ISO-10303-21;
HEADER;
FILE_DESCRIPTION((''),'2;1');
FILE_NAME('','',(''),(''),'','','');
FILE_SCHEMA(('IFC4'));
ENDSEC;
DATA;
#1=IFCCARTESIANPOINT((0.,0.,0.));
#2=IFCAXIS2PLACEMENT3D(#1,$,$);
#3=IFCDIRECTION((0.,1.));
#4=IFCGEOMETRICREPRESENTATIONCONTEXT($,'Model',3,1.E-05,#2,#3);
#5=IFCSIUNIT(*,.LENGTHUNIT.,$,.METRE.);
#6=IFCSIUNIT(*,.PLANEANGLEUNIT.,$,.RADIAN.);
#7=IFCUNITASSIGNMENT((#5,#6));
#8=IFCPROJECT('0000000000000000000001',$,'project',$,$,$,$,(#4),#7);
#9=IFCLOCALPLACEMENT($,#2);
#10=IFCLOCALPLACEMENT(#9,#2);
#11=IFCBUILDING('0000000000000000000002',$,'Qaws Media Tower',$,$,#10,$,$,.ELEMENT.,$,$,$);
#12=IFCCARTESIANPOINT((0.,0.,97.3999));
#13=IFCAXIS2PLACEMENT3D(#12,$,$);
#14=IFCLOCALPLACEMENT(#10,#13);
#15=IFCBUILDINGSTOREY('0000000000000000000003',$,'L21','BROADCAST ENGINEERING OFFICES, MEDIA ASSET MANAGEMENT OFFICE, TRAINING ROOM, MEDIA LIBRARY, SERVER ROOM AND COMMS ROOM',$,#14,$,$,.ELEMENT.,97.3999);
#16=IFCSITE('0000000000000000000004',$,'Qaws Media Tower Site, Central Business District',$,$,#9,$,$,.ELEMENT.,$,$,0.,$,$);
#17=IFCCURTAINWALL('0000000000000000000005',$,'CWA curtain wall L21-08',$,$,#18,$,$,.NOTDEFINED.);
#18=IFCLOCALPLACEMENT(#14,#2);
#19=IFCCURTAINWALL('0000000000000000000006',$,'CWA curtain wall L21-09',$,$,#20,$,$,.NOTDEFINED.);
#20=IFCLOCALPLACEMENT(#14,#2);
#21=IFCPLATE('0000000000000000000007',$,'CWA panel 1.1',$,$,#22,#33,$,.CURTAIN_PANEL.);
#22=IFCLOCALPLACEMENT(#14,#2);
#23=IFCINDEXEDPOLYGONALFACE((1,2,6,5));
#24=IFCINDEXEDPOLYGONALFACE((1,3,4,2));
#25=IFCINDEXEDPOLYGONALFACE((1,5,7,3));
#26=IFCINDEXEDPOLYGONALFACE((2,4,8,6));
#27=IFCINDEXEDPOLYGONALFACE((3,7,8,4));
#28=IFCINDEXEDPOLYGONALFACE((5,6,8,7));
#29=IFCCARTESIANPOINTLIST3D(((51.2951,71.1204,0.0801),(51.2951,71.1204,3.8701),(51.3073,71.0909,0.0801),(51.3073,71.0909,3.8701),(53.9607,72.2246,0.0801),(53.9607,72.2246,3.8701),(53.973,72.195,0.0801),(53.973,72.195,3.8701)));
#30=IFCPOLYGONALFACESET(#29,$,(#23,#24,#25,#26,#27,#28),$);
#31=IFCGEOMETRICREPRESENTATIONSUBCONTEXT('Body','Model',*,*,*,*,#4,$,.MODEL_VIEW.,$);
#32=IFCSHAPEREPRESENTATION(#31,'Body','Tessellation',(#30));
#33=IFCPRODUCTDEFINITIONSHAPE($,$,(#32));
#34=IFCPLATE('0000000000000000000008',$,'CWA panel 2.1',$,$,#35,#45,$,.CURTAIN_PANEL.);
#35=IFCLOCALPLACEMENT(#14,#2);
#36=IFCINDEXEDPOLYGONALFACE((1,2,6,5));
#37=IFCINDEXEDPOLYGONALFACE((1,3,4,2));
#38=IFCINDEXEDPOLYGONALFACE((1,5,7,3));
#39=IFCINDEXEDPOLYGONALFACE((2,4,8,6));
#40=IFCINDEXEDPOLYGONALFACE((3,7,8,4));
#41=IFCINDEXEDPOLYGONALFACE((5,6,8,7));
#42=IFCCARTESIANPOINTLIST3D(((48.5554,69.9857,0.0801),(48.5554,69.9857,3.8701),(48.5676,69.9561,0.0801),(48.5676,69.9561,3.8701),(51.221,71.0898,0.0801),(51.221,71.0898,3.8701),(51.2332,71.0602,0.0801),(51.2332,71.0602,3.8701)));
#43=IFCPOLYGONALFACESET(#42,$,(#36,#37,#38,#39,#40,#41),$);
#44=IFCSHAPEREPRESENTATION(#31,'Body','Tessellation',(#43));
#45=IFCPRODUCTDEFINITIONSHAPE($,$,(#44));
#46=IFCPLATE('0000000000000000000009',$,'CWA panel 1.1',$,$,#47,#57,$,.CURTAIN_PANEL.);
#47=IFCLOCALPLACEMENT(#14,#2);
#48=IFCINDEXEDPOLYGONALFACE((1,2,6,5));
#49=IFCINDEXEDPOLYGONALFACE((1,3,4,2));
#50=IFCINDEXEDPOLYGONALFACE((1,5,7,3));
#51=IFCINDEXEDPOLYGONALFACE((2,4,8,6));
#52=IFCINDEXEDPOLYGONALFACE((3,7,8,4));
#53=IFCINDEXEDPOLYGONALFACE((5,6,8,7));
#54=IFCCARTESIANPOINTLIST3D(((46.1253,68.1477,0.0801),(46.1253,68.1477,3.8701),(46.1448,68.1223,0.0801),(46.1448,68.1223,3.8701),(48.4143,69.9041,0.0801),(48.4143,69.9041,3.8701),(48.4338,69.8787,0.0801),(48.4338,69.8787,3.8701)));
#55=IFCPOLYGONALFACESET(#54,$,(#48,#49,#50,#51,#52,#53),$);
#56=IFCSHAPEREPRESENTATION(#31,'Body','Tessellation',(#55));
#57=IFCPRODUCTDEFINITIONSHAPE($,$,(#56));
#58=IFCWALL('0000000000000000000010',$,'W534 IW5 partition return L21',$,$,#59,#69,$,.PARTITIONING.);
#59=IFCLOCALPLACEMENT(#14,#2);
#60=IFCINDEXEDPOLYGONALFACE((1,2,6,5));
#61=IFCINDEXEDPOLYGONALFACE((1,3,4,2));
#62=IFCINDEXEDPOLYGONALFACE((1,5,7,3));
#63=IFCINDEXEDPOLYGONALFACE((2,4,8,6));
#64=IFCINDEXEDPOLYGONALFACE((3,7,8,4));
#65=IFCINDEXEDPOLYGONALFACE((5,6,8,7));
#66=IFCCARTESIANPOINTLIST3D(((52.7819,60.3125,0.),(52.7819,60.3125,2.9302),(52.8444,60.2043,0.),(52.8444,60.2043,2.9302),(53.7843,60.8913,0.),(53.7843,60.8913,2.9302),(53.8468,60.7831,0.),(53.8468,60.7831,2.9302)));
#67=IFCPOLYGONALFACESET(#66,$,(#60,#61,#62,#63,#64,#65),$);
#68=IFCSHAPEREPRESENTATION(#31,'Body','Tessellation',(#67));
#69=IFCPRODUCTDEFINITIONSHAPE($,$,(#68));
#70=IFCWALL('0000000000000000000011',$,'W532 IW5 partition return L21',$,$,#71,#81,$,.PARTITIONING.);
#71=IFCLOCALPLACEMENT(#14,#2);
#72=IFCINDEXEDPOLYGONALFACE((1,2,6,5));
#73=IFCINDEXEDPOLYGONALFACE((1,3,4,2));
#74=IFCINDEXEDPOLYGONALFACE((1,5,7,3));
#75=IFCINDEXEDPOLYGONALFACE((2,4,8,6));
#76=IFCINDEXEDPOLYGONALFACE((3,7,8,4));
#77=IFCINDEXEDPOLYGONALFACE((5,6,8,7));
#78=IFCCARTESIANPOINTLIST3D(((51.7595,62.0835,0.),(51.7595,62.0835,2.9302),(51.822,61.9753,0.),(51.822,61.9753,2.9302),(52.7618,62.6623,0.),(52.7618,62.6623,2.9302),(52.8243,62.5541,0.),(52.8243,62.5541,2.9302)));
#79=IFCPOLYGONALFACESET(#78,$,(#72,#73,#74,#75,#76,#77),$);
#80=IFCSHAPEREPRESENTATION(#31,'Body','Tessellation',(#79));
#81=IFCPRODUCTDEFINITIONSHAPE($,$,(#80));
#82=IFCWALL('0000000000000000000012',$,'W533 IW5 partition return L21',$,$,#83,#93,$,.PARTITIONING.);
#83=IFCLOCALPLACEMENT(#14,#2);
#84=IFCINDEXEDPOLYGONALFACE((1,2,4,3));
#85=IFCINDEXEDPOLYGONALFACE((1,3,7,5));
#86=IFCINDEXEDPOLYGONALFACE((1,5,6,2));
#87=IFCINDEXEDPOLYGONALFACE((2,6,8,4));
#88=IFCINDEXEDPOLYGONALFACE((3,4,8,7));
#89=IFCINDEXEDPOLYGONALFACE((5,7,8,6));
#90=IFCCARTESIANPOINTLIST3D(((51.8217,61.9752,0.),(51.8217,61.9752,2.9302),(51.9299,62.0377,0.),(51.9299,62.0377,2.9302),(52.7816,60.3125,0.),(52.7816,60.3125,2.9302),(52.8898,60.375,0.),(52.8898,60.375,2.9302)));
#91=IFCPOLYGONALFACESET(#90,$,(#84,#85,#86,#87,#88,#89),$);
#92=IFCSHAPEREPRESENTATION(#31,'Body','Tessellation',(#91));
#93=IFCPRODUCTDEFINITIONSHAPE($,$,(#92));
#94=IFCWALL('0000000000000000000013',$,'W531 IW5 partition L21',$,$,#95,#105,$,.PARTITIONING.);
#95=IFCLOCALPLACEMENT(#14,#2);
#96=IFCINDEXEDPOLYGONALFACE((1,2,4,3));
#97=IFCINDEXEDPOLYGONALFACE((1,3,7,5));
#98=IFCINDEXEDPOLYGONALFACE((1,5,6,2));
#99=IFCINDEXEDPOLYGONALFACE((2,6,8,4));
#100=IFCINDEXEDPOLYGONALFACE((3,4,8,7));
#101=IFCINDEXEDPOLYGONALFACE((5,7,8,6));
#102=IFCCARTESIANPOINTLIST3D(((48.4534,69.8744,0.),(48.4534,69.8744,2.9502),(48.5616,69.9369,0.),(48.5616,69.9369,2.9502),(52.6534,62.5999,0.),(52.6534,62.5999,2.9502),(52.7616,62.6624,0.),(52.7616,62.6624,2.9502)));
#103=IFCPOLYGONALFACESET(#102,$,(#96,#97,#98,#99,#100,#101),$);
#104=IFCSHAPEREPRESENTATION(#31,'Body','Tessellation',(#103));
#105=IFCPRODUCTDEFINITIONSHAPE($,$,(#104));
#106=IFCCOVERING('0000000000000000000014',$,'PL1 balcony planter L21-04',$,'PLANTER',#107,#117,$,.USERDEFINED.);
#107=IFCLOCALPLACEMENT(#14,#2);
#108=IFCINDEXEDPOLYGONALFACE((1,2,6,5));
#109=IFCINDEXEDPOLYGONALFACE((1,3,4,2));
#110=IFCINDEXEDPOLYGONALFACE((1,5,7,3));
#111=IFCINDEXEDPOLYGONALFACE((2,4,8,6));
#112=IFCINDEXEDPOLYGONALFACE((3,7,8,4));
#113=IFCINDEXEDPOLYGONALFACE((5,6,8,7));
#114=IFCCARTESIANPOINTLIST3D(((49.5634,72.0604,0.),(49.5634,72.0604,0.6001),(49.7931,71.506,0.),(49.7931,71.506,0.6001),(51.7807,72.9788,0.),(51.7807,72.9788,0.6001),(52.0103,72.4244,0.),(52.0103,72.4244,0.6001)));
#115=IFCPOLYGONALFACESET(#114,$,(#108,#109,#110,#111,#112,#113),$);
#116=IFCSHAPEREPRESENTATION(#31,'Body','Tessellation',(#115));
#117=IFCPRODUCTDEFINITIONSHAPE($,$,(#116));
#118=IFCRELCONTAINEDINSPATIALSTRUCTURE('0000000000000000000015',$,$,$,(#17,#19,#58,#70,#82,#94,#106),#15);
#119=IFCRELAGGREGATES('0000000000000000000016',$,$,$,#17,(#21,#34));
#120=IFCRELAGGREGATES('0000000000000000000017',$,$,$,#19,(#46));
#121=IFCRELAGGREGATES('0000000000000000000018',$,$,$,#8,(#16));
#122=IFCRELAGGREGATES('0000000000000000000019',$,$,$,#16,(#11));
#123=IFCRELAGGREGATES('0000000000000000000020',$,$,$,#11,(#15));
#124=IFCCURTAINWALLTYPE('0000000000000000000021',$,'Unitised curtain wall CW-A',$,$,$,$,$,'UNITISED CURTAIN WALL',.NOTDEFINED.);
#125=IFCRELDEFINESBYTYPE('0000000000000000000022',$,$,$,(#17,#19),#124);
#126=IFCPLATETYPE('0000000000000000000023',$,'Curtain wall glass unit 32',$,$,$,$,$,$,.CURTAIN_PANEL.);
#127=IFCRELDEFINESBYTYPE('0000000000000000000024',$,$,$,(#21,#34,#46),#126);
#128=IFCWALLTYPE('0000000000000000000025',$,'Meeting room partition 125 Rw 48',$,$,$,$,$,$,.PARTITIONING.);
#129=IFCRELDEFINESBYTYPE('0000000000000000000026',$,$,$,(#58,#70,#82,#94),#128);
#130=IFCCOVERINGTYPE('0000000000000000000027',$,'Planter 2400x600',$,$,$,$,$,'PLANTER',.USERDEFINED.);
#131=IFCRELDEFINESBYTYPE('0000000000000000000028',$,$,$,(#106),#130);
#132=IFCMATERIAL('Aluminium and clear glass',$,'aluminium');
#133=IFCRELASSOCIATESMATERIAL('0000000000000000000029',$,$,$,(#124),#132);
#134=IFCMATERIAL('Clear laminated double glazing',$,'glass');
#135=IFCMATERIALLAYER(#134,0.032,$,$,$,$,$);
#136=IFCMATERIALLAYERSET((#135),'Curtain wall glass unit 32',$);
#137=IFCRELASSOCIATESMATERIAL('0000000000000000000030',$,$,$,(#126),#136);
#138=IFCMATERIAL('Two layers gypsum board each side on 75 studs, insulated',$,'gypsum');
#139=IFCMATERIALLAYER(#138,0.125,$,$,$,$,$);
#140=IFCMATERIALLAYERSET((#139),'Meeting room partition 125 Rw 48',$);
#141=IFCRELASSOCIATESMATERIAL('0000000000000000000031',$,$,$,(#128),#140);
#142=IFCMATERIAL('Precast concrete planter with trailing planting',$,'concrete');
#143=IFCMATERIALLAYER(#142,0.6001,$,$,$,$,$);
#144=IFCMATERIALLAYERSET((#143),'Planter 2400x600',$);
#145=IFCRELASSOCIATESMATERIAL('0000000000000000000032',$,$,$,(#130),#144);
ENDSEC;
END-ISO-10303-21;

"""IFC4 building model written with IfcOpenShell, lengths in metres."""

from ifc_helpers import new_model, si_unit, direction, frame, frame_2d, origin, origin_2d, place, context, subcontext, project, spatial, rectangle, extrude, material, layer, layer_set, type_object, element, aggregate, save


model = new_model("IFC4")

# Units and contexts
model_context = context("Model", 3, precision=1e-05, world=origin(), true_north=direction((0.0, 1.0)))
body_context = subcontext(model_context, "Body", "Model", "MODEL_VIEW")
ifc_project = project(units=[si_unit("LENGTHUNIT", "METRE"), si_unit("PLANEANGLEUNIT", "RADIAN")], contexts=[model_context])

# Site, building, storey
site_placement = place(None, origin())
site = spatial("IfcSite", under=ifc_project, at=site_placement, Name="Qaws Media Tower Site, Central Business District", CompositionType="ELEMENT", RefElevation=0.0)
building_placement = place(site_placement, origin())
building = spatial("IfcBuilding", under=site, at=building_placement, Name="Qaws Media Tower", CompositionType="ELEMENT")
storey_placement = place(building_placement, frame((0.0, 0.0, 97.3999)))
storey = spatial("IfcBuildingStorey", under=building, at=storey_placement, Name="L21", Description="BROADCAST ENGINEERING OFFICES, MEDIA ASSET MANAGEMENT OFFICE, TRAINING ROOM, MEDIA LIBRARY, SERVER ROOM AND COMMS ROOM", CompositionType="ELEMENT", Elevation=97.3999)

# Curtain walls
ifc_material_1 = material(Name="Aluminium and clear glass", Category="aluminium")
curtain_wall_type = type_object("IfcCurtainWallType", Name="Unitised curtain wall CW-A", ElementType="UNITISED CURTAIN WALL", PredefinedType="NOTDEFINED", material=ifc_material_1)
curtain_wall_1_placement = place(storey_placement, origin())
curtain_wall_1 = element("IfcCurtainWall", 1, at=curtain_wall_1_placement, inside=storey, type_object=curtain_wall_type, Name="CWA curtain wall L21-08", PredefinedType="NOTDEFINED")
curtain_wall_2_placement = place(storey_placement, origin())
curtain_wall_2 = element("IfcCurtainWall", 2, at=curtain_wall_2_placement, inside=storey, type_object=curtain_wall_type, Name="CWA curtain wall L21-09", PredefinedType="NOTDEFINED")

# Plates
ifc_material_2 = material(Name="Clear laminated double glazing", Category="glass")
ifc_layer_1 = layer(ifc_material_2, 0.032)
ifc_layer_set_1 = layer_set([ifc_layer_1], Name="Curtain wall glass unit 32")
plate_type = type_object("IfcPlateType", Name="Curtain wall glass unit 32", PredefinedType="CURTAIN_PANEL", material=ifc_layer_set_1)
plate_1_placement = place(storey_placement, frame((52.634, 71.6577, 0.0801), z_axis=(0.0, 0.0, 1.0), x_axis=(-0.92388, -0.382683, 0.0)))
plate_1 = element("IfcPlate", 3, at=plate_1_placement, type_object=plate_type, Name="CWA panel 1.1", PredefinedType="CURTAIN_PANEL", context=body_context, shape_type="SweptSolid", body=[
    extrude(rectangle(XDim=2.8853, YDim=0.032, at=origin_2d()), origin(), (0.0, 0.0, 1.0), 3.79),
])
plate_2_placement = place(storey_placement, frame((49.8943, 70.5229, 0.0801), z_axis=(0.0, 0.0, 1.0), x_axis=(-0.92388, -0.382683, 0.0)))
plate_2 = element("IfcPlate", 4, at=plate_2_placement, type_object=plate_type, Name="CWA panel 2.1", PredefinedType="CURTAIN_PANEL", context=body_context, shape_type="SweptSolid", body=[
    extrude(rectangle(XDim=2.8853, YDim=0.032, at=origin_2d()), origin(), (0.0, 0.0, 1.0), 3.79),
])
aggregate(curtain_wall_1, [plate_1, plate_2])
plate_3_placement = place(storey_placement, frame((47.2795, 69.0132, 0.0801), z_axis=(0.0, 0.0, 1.0), x_axis=(-0.793353, -0.608761, 0.0)))
plate_3 = element("IfcPlate", 5, at=plate_3_placement, type_object=plate_type, Name="CWA panel 1.1", PredefinedType="CURTAIN_PANEL", context=body_context, shape_type="SweptSolid", body=[
    extrude(rectangle(XDim=2.8853, YDim=0.032, at=origin_2d()), origin(), (0.0, 0.0, 1.0), 3.79),
])
aggregate(curtain_wall_2, [plate_3])

# Walls
ifc_material_3 = material(Name="Two layers gypsum board each side on 75 studs, insulated", Category="gypsum")
ifc_layer_2 = layer(ifc_material_3, 0.125)
ifc_layer_set_2 = layer_set([ifc_layer_2], Name="Meeting room partition 125 Rw 48")
wall_type_1 = type_object("IfcWallType", Name="Meeting room partition 125 Rw 48", PredefinedType="PARTITIONING", material=ifc_layer_set_2)
for number, where, z_axis, x_axis, name in (
    (6, (53.8154, 60.8372, 0.0), (0.0, 0.0, 1.0), (-0.865989, -0.500063, 0.0), "W534 IW5 partition return L21"),
    (7, (52.793, 62.6082, 0.0), (0.0, 0.0, 1.0), (-0.865989, -0.500063, 0.0), "W532 IW5 partition return L21"),
):
    element("IfcWall", number, at=place(storey_placement, frame(where, z_axis=z_axis, x_axis=x_axis)), inside=storey, type_object=wall_type_1, Name=name, PredefinedType="PARTITIONING", context=body_context, shape_type="SweptSolid", body=[
        extrude(rectangle(XDim=1.1575, YDim=0.125, at=frame_2d((0.5786, 0.0))), origin(), (0.0, 0.0, 1.0), 2.9302),
    ])
wall_1_placement = place(storey_placement, frame((52.8357, 60.3438, 0.0), z_axis=(0.0, 0.0, 1.0), x_axis=(-0.499968, 0.866044, 0.0)))
element("IfcWall", 8, at=wall_1_placement, inside=storey, type_object=wall_type_1, Name="W533 IW5 partition return L21", PredefinedType="PARTITIONING", context=body_context, shape_type="SweptSolid", body=[
    extrude(rectangle(XDim=1.9199, YDim=0.125, at=frame_2d((0.96, 0.0))), origin(), (0.0, 0.0, 1.0), 2.9302),
])
wall_2_placement = place(storey_placement, frame((52.7075, 62.6311, 0.0), z_axis=(0.0, 0.0, 1.0), x_axis=(-0.500006, 0.866022, 0.0)))
element("IfcWall", 9, at=wall_2_placement, inside=storey, type_object=wall_type_1, Name="W531 IW5 partition L21", PredefinedType="PARTITIONING", context=body_context, shape_type="SweptSolid", body=[
    extrude(rectangle(XDim=8.3999, YDim=0.125, at=frame_2d((4.2, 0.0))), origin(), (0.0, 0.0, 1.0), 2.9502),
])

# Covering
ifc_material_4 = material(Name="Precast concrete planter with trailing planting", Category="concrete")
ifc_layer_3 = layer(ifc_material_4, 0.6001)
ifc_layer_set_3 = layer_set([ifc_layer_3], Name="Planter 2400x600")
covering_type = type_object("IfcCoveringType", Name="Planter 2400x600", ElementType="PLANTER", PredefinedType="USERDEFINED", material=ifc_layer_set_3)
covering_placement = place(storey_placement, frame((50.7869, 72.2424, 0.0), z_axis=(0.0, 0.0, 1.0), x_axis=(-0.92388, -0.382683, 0.0)))
element("IfcCovering", 10, at=covering_placement, inside=storey, type_object=covering_type, Name="PL1 balcony planter L21-04", ObjectType="PLANTER", PredefinedType="USERDEFINED", context=body_context, shape_type="SweptSolid", body=[
    extrude(rectangle(XDim=2.3999, YDim=0.6001, at=origin_2d()), origin(), (0.0, 0.0, 1.0), 0.6001),
])

save(model, "model.ifc")
